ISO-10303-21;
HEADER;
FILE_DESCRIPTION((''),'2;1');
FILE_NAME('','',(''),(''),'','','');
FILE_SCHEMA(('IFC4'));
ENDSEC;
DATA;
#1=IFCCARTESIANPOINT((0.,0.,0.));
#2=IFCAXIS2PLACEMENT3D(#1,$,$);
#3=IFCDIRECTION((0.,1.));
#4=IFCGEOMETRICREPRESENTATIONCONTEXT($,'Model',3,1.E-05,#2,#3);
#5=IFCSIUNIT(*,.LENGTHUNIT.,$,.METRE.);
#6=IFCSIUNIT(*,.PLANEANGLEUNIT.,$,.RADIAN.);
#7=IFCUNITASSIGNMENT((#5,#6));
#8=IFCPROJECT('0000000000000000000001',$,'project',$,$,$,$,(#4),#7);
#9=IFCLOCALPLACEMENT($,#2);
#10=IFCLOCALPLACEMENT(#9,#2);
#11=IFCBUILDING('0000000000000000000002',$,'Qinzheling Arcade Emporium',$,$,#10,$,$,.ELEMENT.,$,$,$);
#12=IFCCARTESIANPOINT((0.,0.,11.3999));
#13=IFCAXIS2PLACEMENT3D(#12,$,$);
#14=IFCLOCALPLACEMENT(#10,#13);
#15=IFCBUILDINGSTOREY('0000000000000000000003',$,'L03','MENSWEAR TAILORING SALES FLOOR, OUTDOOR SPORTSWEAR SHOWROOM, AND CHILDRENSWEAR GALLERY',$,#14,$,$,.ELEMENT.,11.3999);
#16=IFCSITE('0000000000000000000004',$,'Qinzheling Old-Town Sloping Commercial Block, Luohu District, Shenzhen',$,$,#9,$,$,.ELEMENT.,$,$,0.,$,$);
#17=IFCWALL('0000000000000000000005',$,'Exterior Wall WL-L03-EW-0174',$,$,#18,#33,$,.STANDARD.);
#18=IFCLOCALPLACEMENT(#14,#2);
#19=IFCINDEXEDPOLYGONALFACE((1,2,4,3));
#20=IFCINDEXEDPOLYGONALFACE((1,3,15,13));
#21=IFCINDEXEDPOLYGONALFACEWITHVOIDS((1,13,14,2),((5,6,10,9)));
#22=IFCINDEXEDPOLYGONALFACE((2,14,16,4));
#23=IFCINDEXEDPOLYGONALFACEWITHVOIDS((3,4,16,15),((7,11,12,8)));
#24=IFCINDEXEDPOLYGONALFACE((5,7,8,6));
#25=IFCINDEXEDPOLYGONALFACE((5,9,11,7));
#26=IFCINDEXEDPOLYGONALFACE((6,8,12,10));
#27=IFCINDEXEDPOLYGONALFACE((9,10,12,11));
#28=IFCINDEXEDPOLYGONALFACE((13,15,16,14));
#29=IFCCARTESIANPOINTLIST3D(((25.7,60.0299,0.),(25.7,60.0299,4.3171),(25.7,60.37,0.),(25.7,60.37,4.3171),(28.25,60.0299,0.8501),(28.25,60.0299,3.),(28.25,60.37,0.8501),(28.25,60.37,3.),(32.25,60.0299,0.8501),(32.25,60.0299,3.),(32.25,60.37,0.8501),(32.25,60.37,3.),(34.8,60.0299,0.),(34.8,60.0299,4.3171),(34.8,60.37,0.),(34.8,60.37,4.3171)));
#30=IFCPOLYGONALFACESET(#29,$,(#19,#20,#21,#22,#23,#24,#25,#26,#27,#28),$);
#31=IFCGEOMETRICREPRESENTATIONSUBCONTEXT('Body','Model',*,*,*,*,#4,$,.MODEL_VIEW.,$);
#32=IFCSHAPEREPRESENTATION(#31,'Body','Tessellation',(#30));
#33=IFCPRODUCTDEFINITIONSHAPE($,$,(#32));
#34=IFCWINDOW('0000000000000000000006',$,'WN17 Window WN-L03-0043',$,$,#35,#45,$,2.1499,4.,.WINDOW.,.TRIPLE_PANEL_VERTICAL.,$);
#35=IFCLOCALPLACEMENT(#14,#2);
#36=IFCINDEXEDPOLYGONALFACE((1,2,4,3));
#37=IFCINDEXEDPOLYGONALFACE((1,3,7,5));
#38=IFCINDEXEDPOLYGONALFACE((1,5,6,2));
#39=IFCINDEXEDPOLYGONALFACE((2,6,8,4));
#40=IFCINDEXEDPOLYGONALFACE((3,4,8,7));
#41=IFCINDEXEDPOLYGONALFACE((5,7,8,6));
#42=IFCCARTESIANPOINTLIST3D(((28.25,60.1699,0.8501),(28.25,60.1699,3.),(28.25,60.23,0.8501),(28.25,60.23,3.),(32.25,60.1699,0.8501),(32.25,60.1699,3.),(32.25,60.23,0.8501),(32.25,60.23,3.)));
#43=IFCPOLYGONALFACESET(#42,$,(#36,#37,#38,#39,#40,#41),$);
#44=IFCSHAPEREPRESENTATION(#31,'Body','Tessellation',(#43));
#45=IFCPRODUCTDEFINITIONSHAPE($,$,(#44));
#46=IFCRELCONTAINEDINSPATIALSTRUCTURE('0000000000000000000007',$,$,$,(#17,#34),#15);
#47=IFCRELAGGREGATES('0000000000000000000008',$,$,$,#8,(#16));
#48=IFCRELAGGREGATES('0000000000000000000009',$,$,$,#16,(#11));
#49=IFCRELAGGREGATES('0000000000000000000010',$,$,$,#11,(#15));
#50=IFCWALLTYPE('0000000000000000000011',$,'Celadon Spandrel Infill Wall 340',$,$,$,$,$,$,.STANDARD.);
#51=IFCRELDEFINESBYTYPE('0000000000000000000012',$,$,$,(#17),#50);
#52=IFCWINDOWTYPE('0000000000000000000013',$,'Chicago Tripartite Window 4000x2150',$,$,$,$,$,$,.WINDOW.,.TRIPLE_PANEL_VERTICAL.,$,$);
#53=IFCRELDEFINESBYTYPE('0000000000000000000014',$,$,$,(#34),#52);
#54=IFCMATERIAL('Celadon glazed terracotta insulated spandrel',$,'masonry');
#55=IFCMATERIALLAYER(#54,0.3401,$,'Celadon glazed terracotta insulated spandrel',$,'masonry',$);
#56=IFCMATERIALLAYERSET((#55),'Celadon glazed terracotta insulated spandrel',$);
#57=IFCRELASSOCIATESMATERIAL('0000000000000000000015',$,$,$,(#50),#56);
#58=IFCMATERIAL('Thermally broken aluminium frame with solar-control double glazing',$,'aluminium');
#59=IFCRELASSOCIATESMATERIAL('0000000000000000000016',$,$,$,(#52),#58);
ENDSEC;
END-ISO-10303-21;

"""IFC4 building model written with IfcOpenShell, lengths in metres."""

from ifc_helpers import new_model, si_unit, direction, frame, frame_2d, origin, place, context, subcontext, project, spatial, rectangle, extrude, material, layer, layer_set, type_object, element, fill, save


model = new_model("IFC4")

# Units and contexts
model_context = context("Model", 3, precision=1e-05, world=origin(), true_north=direction((0.0, 1.0)))
body_context = subcontext(model_context, "Body", "Model", "MODEL_VIEW")
ifc_project = project(units=[si_unit("LENGTHUNIT", "METRE"), si_unit("PLANEANGLEUNIT", "RADIAN")], contexts=[model_context])

# Site, building, storey
site_placement = place(None, origin())
site = spatial("IfcSite", under=ifc_project, at=site_placement, Name="Qinzheling Old-Town Sloping Commercial Block, Luohu District, Shenzhen", CompositionType="ELEMENT", RefElevation=0.0)
building_placement = place(site_placement, origin())
building = spatial("IfcBuilding", under=site, at=building_placement, Name="Qinzheling Arcade Emporium", CompositionType="ELEMENT")
storey_placement = place(building_placement, frame((0.0, 0.0, 11.3999)))
storey = spatial("IfcBuildingStorey", under=building, at=storey_placement, Name="L03", Description="MENSWEAR TAILORING SALES FLOOR, OUTDOOR SPORTSWEAR SHOWROOM, AND CHILDRENSWEAR GALLERY", CompositionType="ELEMENT", Elevation=11.3999)

# Wall, opening, window
ifc_material_1 = material(Name="Celadon glazed terracotta insulated spandrel", Category="masonry")
ifc_layer_1 = layer(ifc_material_1, 0.3401, Name="Celadon glazed terracotta insulated spandrel", Category="masonry")
ifc_layer_set_1 = layer_set([ifc_layer_1], Name="Celadon glazed terracotta insulated spandrel")
wall_type_1 = type_object("IfcWallType", Name="Celadon Spandrel Infill Wall 340", PredefinedType="STANDARD", material=ifc_layer_set_1)
wall_1_placement = place(storey_placement, frame((25.7, 60.2, 0.0), z_axis=(0.0, 0.0, 1.0), x_axis=(1.0, 0.0, 0.0)))
wall_1 = element("IfcWall", 1, at=wall_1_placement, inside=storey, type_object=wall_type_1, Name="Exterior Wall WL-L03-EW-0174", PredefinedType="STANDARD", context=body_context, shape_type="SweptSolid", body=[
    extrude(rectangle(XDim=9.1001, YDim=0.3401, at=frame_2d((4.55, 0.0))), origin(), (0.0, 0.0, 1.0), 4.3171),
])
opening_placement = place(wall_1_placement, frame((2.55, 0.0, 0.8501)))
opening = element("IfcOpeningElement", 2, at=opening_placement, cuts=wall_1, PredefinedType="OPENING", context=body_context, shape_type="SweptSolid", body=[
    extrude(rectangle(XDim=4.0, YDim=2.1499, at=frame_2d((2.0, 1.075))), frame((0.0, 0.1802, 0.0), z_axis=(0.0, -1.0, 0.0), x_axis=(1.0, 0.0, 0.0)), (0.0, 0.0, 1.0), 0.3601),
])
ifc_material_2 = material(Name="Thermally broken aluminium frame with solar-control double glazing", Category="aluminium")
window_type = type_object("IfcWindowType", Name="Chicago Tripartite Window 4000x2150", PartitioningType="TRIPLE_PANEL_VERTICAL", PredefinedType="WINDOW", material=ifc_material_2)
window_placement = place(opening_placement, origin())
window = element("IfcWindow", 3, at=window_placement, inside=storey, type_object=window_type, Name="WN17 Window WN-L03-0043", OverallHeight=2.1499, OverallWidth=4.0, PartitioningType="TRIPLE_PANEL_VERTICAL", PredefinedType="WINDOW", context=body_context, shape_type="SweptSolid", body=[
    extrude(rectangle(XDim=4.0, YDim=2.1499, at=frame_2d((2.0, 1.075))), frame((0.0, 0.03, 0.0), z_axis=(0.0, -1.0, 0.0), x_axis=(1.0, 0.0, 0.0)), (0.0, 0.0, 1.0), 0.0601),
])
fill(opening, window)

save(model, "model.ifc")
